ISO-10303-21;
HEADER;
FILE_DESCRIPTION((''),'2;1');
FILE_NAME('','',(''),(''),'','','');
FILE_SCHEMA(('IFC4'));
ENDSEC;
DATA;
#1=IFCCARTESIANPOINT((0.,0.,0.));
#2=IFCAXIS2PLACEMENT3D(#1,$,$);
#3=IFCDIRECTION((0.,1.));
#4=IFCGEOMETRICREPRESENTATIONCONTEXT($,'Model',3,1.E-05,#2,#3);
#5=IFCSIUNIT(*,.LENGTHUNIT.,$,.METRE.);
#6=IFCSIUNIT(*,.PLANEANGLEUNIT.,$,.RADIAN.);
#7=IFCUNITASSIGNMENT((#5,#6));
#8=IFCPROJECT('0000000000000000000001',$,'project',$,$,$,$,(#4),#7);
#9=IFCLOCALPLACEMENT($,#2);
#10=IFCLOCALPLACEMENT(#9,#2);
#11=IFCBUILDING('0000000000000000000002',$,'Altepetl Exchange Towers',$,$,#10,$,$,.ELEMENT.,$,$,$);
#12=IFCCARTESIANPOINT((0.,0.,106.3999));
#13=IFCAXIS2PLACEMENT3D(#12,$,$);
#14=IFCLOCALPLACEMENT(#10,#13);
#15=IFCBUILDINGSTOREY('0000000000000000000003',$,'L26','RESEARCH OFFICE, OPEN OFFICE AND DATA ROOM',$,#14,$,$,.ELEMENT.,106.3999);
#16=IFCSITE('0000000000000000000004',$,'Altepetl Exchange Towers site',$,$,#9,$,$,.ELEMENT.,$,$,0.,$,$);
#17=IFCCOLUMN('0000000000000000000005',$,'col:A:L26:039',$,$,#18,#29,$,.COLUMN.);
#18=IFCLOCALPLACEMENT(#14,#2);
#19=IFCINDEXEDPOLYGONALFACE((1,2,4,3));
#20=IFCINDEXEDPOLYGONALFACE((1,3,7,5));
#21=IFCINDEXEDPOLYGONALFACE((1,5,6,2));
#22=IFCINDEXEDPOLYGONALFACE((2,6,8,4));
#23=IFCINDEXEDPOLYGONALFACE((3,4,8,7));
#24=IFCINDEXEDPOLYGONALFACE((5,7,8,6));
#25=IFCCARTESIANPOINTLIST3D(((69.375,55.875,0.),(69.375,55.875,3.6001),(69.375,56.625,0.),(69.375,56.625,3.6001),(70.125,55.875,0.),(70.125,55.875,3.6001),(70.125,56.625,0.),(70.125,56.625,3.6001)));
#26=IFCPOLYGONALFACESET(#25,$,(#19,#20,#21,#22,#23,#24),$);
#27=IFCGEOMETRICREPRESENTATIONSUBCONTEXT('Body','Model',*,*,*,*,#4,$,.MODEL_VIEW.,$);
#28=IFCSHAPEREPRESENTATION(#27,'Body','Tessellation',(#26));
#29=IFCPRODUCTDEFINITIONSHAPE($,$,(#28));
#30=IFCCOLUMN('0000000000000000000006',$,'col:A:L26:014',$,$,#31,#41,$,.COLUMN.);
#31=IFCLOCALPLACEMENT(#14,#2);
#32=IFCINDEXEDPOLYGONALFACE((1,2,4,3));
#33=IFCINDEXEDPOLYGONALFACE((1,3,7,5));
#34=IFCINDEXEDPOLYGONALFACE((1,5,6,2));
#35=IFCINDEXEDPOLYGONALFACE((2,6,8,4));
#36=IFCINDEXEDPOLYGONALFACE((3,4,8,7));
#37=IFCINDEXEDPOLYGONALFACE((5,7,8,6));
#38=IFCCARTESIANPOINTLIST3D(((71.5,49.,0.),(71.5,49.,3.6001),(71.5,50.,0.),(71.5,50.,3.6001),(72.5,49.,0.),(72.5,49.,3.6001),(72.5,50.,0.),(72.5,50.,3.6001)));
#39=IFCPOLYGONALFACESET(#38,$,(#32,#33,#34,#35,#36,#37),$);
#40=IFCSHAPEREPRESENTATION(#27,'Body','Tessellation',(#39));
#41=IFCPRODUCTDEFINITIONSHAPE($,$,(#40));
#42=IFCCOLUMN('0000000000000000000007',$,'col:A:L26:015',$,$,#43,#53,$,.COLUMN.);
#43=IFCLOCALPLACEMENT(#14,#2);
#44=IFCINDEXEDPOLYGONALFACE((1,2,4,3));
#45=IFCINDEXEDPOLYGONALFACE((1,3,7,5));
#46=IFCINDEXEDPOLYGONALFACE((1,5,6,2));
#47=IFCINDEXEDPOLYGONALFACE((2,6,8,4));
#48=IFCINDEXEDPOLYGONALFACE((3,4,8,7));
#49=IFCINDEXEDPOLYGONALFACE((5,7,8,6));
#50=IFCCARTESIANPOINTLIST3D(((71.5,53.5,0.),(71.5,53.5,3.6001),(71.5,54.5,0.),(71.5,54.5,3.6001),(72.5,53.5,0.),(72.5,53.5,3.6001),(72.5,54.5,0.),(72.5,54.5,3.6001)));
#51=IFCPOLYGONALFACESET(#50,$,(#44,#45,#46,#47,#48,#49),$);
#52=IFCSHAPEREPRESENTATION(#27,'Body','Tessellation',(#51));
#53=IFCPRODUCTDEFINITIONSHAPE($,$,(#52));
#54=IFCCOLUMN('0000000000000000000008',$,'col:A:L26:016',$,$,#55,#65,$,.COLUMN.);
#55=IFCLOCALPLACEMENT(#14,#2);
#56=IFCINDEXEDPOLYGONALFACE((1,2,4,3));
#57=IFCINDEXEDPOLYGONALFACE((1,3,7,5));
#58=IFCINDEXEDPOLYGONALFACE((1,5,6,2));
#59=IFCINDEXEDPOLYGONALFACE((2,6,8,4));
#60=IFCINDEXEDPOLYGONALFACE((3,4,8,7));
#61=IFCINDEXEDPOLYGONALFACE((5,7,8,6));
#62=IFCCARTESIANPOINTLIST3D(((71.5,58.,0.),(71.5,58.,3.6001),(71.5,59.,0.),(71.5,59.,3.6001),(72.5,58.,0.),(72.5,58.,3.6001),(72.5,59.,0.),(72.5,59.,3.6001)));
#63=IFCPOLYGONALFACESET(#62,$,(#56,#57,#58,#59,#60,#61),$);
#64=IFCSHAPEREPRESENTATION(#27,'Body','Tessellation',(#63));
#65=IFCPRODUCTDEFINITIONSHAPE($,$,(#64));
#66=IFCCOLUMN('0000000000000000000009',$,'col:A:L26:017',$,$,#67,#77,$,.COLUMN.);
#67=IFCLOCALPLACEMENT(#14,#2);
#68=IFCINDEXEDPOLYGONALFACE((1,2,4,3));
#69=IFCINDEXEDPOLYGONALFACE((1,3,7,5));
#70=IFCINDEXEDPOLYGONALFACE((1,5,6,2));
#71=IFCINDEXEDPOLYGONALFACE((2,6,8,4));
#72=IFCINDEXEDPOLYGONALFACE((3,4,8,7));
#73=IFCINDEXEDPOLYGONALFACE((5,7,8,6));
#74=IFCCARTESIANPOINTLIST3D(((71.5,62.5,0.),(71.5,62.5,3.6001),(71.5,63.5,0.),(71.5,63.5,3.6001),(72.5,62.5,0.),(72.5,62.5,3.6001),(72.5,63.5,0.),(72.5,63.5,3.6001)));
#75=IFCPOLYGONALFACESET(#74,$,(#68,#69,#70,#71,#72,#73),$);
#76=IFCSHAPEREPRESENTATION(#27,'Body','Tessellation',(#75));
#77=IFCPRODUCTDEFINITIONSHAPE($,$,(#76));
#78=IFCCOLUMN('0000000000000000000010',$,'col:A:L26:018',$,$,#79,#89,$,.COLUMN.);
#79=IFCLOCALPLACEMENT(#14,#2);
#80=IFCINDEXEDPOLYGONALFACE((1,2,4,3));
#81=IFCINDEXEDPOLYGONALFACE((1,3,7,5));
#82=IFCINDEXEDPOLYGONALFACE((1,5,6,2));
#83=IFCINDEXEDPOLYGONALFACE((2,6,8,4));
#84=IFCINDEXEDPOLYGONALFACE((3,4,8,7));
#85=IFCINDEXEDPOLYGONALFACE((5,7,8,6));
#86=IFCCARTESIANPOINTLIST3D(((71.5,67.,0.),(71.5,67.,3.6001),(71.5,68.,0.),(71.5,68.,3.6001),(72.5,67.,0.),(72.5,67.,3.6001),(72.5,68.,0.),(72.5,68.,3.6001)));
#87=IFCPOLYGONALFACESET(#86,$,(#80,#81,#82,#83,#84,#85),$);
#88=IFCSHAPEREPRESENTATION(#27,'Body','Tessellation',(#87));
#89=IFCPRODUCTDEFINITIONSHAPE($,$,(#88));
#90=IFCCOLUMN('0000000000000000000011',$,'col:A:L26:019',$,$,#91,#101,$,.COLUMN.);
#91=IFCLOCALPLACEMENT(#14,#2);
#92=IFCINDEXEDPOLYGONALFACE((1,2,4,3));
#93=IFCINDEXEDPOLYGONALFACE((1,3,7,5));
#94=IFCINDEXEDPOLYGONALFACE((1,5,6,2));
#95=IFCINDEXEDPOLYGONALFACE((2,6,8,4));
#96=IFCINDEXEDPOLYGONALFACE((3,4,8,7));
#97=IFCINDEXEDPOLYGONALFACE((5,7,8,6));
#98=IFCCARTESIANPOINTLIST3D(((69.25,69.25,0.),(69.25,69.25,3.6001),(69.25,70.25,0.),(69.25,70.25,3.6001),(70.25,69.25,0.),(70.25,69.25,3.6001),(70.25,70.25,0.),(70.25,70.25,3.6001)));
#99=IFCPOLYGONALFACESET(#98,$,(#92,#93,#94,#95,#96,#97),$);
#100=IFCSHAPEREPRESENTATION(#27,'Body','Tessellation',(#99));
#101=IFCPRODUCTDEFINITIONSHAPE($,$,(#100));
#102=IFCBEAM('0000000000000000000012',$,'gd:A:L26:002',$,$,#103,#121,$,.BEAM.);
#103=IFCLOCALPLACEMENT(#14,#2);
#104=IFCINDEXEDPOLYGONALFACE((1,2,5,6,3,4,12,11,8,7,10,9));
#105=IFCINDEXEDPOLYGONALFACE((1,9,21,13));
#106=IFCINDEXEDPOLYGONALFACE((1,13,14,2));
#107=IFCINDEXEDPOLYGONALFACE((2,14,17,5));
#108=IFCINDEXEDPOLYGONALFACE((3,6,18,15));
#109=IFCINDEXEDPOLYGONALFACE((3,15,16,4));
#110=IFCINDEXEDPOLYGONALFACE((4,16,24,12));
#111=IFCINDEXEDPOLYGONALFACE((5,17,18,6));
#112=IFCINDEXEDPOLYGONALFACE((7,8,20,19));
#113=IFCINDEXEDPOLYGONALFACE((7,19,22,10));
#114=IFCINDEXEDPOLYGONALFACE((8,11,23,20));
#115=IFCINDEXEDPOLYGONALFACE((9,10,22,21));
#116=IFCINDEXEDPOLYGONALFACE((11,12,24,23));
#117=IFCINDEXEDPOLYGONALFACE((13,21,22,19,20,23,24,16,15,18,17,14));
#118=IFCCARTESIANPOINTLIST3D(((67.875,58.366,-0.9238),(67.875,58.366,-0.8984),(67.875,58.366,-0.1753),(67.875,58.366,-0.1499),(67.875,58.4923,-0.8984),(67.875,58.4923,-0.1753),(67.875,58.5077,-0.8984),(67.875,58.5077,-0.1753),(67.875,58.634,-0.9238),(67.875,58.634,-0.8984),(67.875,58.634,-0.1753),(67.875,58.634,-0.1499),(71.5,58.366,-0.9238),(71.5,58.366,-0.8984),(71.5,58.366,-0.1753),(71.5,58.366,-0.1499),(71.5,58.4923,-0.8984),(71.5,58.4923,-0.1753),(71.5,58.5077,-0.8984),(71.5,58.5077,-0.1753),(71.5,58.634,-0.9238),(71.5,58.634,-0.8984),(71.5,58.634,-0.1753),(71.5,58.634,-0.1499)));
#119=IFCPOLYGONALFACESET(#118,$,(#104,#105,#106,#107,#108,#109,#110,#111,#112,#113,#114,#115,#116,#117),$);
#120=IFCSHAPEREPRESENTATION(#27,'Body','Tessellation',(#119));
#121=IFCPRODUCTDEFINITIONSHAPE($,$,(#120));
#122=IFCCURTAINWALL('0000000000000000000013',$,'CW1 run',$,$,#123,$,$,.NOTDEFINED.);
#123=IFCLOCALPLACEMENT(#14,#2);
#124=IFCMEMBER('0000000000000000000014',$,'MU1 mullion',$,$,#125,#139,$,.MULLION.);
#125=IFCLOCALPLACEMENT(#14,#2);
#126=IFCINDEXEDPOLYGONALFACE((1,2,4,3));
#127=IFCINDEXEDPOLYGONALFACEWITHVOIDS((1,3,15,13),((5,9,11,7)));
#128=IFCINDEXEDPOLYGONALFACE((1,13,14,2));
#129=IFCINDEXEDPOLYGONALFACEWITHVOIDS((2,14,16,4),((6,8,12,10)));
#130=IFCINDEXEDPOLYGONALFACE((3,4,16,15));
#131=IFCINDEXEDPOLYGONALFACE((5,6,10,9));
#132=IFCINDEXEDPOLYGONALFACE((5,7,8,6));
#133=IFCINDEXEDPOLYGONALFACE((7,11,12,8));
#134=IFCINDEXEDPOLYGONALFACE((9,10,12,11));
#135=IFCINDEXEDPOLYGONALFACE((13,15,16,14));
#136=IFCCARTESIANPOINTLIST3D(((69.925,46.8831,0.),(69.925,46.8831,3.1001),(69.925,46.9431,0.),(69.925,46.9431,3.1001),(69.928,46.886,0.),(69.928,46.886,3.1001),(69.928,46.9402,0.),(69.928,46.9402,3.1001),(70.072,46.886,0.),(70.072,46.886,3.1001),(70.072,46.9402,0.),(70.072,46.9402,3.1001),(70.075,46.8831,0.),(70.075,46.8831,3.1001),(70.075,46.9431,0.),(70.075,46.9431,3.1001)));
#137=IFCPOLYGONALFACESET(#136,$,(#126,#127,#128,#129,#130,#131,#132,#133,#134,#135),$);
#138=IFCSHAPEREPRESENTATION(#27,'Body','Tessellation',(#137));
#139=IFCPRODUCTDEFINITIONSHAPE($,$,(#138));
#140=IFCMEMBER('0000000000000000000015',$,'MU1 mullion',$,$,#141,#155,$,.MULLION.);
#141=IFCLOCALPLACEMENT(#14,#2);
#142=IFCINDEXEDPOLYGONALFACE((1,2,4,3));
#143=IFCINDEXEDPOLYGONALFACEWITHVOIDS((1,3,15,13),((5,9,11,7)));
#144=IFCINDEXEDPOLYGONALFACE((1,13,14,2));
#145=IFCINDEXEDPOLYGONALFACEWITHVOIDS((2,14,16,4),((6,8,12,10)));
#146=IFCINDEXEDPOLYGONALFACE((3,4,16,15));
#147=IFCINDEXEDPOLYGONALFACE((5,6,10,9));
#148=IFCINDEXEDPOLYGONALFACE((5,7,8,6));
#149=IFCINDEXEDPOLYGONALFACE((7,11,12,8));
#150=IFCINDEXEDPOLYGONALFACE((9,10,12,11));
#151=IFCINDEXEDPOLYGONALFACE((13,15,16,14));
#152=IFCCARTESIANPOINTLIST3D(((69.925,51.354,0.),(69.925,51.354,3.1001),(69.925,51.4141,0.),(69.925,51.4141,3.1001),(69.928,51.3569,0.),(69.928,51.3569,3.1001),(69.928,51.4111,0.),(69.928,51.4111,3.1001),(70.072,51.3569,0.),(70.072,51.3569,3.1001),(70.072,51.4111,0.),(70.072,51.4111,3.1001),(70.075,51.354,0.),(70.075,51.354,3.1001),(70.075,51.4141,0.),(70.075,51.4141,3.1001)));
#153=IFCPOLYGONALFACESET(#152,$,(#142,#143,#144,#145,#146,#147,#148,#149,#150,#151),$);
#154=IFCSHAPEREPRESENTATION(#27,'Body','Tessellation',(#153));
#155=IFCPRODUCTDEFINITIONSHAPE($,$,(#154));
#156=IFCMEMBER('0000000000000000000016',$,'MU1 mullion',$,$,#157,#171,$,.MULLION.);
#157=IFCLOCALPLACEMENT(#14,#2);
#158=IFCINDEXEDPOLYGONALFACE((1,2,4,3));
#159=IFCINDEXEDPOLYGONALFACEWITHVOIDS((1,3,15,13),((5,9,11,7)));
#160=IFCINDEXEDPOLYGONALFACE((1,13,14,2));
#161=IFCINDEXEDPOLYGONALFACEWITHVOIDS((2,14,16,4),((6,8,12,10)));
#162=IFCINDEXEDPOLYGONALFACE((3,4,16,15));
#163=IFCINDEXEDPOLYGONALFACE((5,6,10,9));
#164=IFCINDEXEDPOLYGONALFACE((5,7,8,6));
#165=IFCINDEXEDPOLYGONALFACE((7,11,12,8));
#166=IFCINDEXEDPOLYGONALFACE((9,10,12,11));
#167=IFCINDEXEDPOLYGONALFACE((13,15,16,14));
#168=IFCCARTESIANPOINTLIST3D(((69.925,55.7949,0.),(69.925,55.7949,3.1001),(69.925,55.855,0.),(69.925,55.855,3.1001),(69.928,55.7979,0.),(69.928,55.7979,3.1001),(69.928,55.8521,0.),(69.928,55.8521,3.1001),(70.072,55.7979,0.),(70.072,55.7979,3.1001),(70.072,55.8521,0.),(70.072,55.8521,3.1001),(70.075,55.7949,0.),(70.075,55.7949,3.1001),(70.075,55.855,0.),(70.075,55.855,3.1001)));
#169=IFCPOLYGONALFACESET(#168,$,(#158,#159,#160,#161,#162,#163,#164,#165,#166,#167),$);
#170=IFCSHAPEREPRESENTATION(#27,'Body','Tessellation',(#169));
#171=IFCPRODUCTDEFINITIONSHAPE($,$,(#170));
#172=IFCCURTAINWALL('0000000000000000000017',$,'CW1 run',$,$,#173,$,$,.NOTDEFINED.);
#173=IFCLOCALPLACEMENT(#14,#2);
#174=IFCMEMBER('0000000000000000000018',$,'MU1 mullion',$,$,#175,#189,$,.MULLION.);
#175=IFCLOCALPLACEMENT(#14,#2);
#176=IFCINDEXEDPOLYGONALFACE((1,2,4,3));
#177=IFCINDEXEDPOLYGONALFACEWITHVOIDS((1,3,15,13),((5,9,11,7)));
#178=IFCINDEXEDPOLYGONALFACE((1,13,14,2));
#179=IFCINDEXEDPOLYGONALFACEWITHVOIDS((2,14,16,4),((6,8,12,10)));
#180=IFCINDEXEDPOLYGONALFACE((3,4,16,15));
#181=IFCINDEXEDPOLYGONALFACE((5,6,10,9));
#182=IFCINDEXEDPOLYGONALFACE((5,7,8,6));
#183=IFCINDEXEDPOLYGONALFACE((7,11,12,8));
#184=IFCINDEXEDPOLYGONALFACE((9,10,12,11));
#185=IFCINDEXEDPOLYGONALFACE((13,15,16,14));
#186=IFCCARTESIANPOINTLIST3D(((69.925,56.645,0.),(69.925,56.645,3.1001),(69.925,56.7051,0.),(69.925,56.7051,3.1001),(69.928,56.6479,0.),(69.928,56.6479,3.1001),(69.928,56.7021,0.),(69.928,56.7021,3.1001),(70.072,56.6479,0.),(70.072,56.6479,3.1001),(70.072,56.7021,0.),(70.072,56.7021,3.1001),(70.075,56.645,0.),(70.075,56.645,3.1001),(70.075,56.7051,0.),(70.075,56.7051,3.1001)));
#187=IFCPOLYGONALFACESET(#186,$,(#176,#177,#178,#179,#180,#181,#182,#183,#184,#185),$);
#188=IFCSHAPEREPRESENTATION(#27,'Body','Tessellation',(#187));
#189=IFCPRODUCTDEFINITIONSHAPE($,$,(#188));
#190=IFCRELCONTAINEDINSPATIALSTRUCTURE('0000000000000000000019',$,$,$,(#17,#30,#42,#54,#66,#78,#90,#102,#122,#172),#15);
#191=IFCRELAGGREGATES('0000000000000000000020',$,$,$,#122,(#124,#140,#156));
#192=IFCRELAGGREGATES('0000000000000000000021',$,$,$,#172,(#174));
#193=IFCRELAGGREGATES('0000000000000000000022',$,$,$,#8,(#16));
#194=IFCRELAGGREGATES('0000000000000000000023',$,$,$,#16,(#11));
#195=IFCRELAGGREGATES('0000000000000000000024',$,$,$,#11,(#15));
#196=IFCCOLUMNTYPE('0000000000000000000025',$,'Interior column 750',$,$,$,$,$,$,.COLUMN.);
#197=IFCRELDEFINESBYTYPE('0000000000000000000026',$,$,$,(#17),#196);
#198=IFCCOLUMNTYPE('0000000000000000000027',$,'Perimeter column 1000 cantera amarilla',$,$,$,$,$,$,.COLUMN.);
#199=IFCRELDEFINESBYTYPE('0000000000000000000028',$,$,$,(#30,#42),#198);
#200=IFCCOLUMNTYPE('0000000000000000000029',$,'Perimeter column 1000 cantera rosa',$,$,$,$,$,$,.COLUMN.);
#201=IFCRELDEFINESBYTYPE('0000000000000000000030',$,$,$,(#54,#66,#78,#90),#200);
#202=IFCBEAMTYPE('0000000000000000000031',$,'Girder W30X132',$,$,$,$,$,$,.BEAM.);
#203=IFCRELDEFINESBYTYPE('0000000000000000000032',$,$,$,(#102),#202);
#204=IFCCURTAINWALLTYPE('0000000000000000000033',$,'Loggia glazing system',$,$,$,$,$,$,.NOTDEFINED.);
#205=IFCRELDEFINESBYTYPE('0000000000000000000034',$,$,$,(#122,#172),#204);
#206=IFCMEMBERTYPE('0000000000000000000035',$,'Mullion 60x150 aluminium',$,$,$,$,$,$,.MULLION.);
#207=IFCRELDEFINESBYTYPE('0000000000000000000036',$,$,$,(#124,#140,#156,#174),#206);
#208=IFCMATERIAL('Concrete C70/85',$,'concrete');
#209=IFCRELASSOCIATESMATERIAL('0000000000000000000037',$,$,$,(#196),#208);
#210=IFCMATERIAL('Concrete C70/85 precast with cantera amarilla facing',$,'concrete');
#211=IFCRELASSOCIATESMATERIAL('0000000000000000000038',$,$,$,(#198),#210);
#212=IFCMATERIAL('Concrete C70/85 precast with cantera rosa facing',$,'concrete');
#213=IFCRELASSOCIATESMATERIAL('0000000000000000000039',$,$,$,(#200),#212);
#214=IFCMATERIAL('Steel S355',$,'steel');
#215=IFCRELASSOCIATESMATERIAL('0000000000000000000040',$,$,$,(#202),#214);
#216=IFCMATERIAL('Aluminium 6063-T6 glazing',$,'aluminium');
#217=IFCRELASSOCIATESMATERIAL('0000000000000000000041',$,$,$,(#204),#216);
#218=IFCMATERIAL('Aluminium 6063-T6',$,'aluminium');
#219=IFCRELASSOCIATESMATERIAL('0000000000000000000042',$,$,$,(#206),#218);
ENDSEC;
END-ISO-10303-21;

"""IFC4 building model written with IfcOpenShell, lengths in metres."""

from ifc_helpers import new_model, si_unit, direction, frame, origin, origin_2d, place, context, subcontext, project, spatial, rectangle, hollow_rectangle, i_section, extrude, material, material_profile, profile_set, type_object, element, aggregate, save


model = new_model("IFC4")

# Units and contexts
model_context = context("Model", 3, precision=1e-05, world=origin(), true_north=direction((0.0, 1.0)))
body_context = subcontext(model_context, "Body", "Model", "MODEL_VIEW")
ifc_project = project(units=[si_unit("LENGTHUNIT", "METRE"), si_unit("PLANEANGLEUNIT", "RADIAN")], contexts=[model_context])

# Site, building, storey
site_placement = place(None, origin())
site = spatial("IfcSite", under=ifc_project, at=site_placement, Name="Altepetl Exchange Towers site", CompositionType="ELEMENT", RefElevation=0.0)
building_placement = place(site_placement, origin())
building = spatial("IfcBuilding", under=site, at=building_placement, Name="Altepetl Exchange Towers", CompositionType="ELEMENT")
storey_placement = place(building_placement, frame((0.0, 0.0, 106.3999)))
storey = spatial("IfcBuildingStorey", under=building, at=storey_placement, Name="L26", Description="RESEARCH OFFICE, OPEN OFFICE AND DATA ROOM", CompositionType="ELEMENT", Elevation=106.3999)

# Columns
ifc_material_1 = material(Name="Concrete C70/85", Category="concrete")
ifc_material_profile_1 = material_profile(ifc_material_1, rectangle(XDim=0.75, YDim=0.75, at=origin_2d()), Name="750 x 750")
ifc_profile_set_1 = profile_set([ifc_material_profile_1], Name="Concrete C70/85")
column_type_1 = type_object("IfcColumnType", Name="Interior column 750", PredefinedType="COLUMN", material=ifc_profile_set_1)
column_placement = place(storey_placement, frame((69.75, 56.25, 0.0)))
element("IfcColumn", 1, at=column_placement, inside=storey, type_object=column_type_1, Name="col:A:L26:039", PredefinedType="COLUMN", context=body_context, shape_type="SweptSolid", body=[
    extrude(rectangle(XDim=0.75, YDim=0.75, at=origin_2d()), origin(), (0.0, 0.0, 1.0), 3.6001),
])
ifc_material_2 = material(Name="Concrete C70/85 precast with cantera amarilla facing", Category="concrete")
ifc_material_profile_2 = material_profile(ifc_material_2, rectangle(XDim=1.0, YDim=1.0, at=origin_2d()), Name="1000 x 1000")
ifc_profile_set_2 = profile_set([ifc_material_profile_2], Name="Concrete C70/85 precast with cantera amarilla facing")
column_type_2 = type_object("IfcColumnType", Name="Perimeter column 1000 cantera amarilla", PredefinedType="COLUMN", material=ifc_profile_set_2)
for number, where, name in (
    (2, (72.0, 49.5, 0.0), "col:A:L26:014"),
    (3, (72.0, 54.0, 0.0), "col:A:L26:015"),
):
    element("IfcColumn", number, at=place(storey_placement, frame(where)), inside=storey, type_object=column_type_2, Name=name, PredefinedType="COLUMN", context=body_context, shape_type="SweptSolid", body=[
        extrude(rectangle(XDim=1.0, YDim=1.0, at=origin_2d()), origin(), (0.0, 0.0, 1.0), 3.6001),
    ])
ifc_material_3 = material(Name="Concrete C70/85 precast with cantera rosa facing", Category="concrete")
ifc_material_profile_3 = material_profile(ifc_material_3, rectangle(XDim=1.0, YDim=1.0, at=origin_2d()), Name="1000 x 1000")
ifc_profile_set_3 = profile_set([ifc_material_profile_3], Name="Concrete C70/85 precast with cantera rosa facing")
column_type_3 = type_object("IfcColumnType", Name="Perimeter column 1000 cantera rosa", PredefinedType="COLUMN", material=ifc_profile_set_3)
for number, where, name in (
    (4, (72.0, 58.5, 0.0), "col:A:L26:016"),
    (5, (72.0, 63.0, 0.0), "col:A:L26:017"),
    (6, (72.0, 67.5, 0.0), "col:A:L26:018"),
    (7, (69.75, 69.75, 0.0), "col:A:L26:019"),
):
    element("IfcColumn", number, at=place(storey_placement, frame(where)), inside=storey, type_object=column_type_3, Name=name, PredefinedType="COLUMN", context=body_context, shape_type="SweptSolid", body=[
        extrude(rectangle(XDim=1.0, YDim=1.0, at=origin_2d()), origin(), (0.0, 0.0, 1.0), 3.6001),
    ])

# Beam
ifc_material_4 = material(Name="Steel S355", Category="steel")
ifc_material_profile_4 = material_profile(ifc_material_4, i_section(OverallWidth=0.2681, OverallDepth=0.7739, WebThickness=0.0154, FlangeThickness=0.0254, at=origin_2d()), Name="W30X132")
ifc_profile_set_4 = profile_set([ifc_material_profile_4], Name="Steel S355")
beam_type_1 = type_object("IfcBeamType", Name="Girder W30X132", PredefinedType="BEAM", material=ifc_profile_set_4)
beam_1_placement = place(storey_placement, frame((67.875, 58.5, -0.5369), z_axis=(1.0, 0.0, 0.0), x_axis=(0.0, 1.0, 0.0)))
element("IfcBeam", 8, at=beam_1_placement, inside=storey, type_object=beam_type_1, Name="gd:A:L26:002", PredefinedType="BEAM", context=body_context, shape_type="SweptSolid", body=[
    extrude(i_section(OverallWidth=0.2681, OverallDepth=0.7739, WebThickness=0.0154, FlangeThickness=0.0254, at=origin_2d()), origin(), (0.0, 0.0, 1.0), 3.625),
])

# Curtain walls, members
ifc_material_5 = material(Name="Aluminium 6063-T6 glazing", Category="aluminium")
curtain_wall_type = type_object("IfcCurtainWallType", Name="Loggia glazing system", PredefinedType="NOTDEFINED", material=ifc_material_5)
curtain_wall_1_placement = place(storey_placement, origin())
curtain_wall_1 = element("IfcCurtainWall", 9, at=curtain_wall_1_placement, inside=storey, type_object=curtain_wall_type, Name="CW1 run", PredefinedType="NOTDEFINED")
ifc_material_6 = material(Name="Aluminium 6063-T6", Category="aluminium")
ifc_material_profile_5 = material_profile(ifc_material_6, hollow_rectangle(XDim=0.0601, YDim=0.1499, WallThickness=0.0029, at=origin_2d()), Name="Mullion 60x150 aluminium")
ifc_profile_set_5 = profile_set([ifc_material_profile_5], Name="Aluminium 6063-T6")
member_type = type_object("IfcMemberType", Name="Mullion 60x150 aluminium", PredefinedType="MULLION", material=ifc_profile_set_5)
member_1_placement = place(storey_placement, frame((70.0, 46.9131, 0.0), z_axis=(0.0, 0.0, 1.0), x_axis=(0.0, 1.0, 0.0)))
member_1 = element("IfcMember", 10, at=member_1_placement, type_object=member_type, Name="MU1 mullion", PredefinedType="MULLION", context=body_context, shape_type="SweptSolid", body=[
    extrude(hollow_rectangle(XDim=0.0601, YDim=0.1499, WallThickness=0.0029, at=origin_2d()), origin(), (0.0, 0.0, 1.0), 3.1001),
])
member_2_placement = place(storey_placement, frame((70.0, 51.384, 0.0), z_axis=(0.0, 0.0, 1.0), x_axis=(0.0, 1.0, 0.0)))
member_2 = element("IfcMember", 11, at=member_2_placement, type_object=member_type, Name="MU1 mullion", PredefinedType="MULLION", context=body_context, shape_type="SweptSolid", body=[
    extrude(hollow_rectangle(XDim=0.0601, YDim=0.1499, WallThickness=0.0029, at=origin_2d()), origin(), (0.0, 0.0, 1.0), 3.1001),
])
member_3_placement = place(storey_placement, frame((70.0, 55.825, 0.0), z_axis=(0.0, 0.0, 1.0), x_axis=(0.0, 1.0, 0.0)))
member_3 = element("IfcMember", 12, at=member_3_placement, type_object=member_type, Name="MU1 mullion", PredefinedType="MULLION", context=body_context, shape_type="SweptSolid", body=[
    extrude(hollow_rectangle(XDim=0.0601, YDim=0.1499, WallThickness=0.0029, at=origin_2d()), origin(), (0.0, 0.0, 1.0), 3.1001),
])
curtain_wall_2_placement = place(storey_placement, origin())
curtain_wall_2 = element("IfcCurtainWall", 13, at=curtain_wall_2_placement, inside=storey, type_object=curtain_wall_type, Name="CW1 run", PredefinedType="NOTDEFINED")
member_4_placement = place(storey_placement, frame((70.0, 56.675, 0.0), z_axis=(0.0, 0.0, 1.0), x_axis=(0.0, 1.0, 0.0)))
member_4 = element("IfcMember", 14, at=member_4_placement, type_object=member_type, Name="MU1 mullion", PredefinedType="MULLION", context=body_context, shape_type="SweptSolid", body=[
    extrude(hollow_rectangle(XDim=0.0601, YDim=0.1499, WallThickness=0.0029, at=origin_2d()), origin(), (0.0, 0.0, 1.0), 3.1001),
])

aggregate(curtain_wall_1, [member_1, member_2, member_3])
aggregate(curtain_wall_2, [member_4])

save(model, "model.ifc")
